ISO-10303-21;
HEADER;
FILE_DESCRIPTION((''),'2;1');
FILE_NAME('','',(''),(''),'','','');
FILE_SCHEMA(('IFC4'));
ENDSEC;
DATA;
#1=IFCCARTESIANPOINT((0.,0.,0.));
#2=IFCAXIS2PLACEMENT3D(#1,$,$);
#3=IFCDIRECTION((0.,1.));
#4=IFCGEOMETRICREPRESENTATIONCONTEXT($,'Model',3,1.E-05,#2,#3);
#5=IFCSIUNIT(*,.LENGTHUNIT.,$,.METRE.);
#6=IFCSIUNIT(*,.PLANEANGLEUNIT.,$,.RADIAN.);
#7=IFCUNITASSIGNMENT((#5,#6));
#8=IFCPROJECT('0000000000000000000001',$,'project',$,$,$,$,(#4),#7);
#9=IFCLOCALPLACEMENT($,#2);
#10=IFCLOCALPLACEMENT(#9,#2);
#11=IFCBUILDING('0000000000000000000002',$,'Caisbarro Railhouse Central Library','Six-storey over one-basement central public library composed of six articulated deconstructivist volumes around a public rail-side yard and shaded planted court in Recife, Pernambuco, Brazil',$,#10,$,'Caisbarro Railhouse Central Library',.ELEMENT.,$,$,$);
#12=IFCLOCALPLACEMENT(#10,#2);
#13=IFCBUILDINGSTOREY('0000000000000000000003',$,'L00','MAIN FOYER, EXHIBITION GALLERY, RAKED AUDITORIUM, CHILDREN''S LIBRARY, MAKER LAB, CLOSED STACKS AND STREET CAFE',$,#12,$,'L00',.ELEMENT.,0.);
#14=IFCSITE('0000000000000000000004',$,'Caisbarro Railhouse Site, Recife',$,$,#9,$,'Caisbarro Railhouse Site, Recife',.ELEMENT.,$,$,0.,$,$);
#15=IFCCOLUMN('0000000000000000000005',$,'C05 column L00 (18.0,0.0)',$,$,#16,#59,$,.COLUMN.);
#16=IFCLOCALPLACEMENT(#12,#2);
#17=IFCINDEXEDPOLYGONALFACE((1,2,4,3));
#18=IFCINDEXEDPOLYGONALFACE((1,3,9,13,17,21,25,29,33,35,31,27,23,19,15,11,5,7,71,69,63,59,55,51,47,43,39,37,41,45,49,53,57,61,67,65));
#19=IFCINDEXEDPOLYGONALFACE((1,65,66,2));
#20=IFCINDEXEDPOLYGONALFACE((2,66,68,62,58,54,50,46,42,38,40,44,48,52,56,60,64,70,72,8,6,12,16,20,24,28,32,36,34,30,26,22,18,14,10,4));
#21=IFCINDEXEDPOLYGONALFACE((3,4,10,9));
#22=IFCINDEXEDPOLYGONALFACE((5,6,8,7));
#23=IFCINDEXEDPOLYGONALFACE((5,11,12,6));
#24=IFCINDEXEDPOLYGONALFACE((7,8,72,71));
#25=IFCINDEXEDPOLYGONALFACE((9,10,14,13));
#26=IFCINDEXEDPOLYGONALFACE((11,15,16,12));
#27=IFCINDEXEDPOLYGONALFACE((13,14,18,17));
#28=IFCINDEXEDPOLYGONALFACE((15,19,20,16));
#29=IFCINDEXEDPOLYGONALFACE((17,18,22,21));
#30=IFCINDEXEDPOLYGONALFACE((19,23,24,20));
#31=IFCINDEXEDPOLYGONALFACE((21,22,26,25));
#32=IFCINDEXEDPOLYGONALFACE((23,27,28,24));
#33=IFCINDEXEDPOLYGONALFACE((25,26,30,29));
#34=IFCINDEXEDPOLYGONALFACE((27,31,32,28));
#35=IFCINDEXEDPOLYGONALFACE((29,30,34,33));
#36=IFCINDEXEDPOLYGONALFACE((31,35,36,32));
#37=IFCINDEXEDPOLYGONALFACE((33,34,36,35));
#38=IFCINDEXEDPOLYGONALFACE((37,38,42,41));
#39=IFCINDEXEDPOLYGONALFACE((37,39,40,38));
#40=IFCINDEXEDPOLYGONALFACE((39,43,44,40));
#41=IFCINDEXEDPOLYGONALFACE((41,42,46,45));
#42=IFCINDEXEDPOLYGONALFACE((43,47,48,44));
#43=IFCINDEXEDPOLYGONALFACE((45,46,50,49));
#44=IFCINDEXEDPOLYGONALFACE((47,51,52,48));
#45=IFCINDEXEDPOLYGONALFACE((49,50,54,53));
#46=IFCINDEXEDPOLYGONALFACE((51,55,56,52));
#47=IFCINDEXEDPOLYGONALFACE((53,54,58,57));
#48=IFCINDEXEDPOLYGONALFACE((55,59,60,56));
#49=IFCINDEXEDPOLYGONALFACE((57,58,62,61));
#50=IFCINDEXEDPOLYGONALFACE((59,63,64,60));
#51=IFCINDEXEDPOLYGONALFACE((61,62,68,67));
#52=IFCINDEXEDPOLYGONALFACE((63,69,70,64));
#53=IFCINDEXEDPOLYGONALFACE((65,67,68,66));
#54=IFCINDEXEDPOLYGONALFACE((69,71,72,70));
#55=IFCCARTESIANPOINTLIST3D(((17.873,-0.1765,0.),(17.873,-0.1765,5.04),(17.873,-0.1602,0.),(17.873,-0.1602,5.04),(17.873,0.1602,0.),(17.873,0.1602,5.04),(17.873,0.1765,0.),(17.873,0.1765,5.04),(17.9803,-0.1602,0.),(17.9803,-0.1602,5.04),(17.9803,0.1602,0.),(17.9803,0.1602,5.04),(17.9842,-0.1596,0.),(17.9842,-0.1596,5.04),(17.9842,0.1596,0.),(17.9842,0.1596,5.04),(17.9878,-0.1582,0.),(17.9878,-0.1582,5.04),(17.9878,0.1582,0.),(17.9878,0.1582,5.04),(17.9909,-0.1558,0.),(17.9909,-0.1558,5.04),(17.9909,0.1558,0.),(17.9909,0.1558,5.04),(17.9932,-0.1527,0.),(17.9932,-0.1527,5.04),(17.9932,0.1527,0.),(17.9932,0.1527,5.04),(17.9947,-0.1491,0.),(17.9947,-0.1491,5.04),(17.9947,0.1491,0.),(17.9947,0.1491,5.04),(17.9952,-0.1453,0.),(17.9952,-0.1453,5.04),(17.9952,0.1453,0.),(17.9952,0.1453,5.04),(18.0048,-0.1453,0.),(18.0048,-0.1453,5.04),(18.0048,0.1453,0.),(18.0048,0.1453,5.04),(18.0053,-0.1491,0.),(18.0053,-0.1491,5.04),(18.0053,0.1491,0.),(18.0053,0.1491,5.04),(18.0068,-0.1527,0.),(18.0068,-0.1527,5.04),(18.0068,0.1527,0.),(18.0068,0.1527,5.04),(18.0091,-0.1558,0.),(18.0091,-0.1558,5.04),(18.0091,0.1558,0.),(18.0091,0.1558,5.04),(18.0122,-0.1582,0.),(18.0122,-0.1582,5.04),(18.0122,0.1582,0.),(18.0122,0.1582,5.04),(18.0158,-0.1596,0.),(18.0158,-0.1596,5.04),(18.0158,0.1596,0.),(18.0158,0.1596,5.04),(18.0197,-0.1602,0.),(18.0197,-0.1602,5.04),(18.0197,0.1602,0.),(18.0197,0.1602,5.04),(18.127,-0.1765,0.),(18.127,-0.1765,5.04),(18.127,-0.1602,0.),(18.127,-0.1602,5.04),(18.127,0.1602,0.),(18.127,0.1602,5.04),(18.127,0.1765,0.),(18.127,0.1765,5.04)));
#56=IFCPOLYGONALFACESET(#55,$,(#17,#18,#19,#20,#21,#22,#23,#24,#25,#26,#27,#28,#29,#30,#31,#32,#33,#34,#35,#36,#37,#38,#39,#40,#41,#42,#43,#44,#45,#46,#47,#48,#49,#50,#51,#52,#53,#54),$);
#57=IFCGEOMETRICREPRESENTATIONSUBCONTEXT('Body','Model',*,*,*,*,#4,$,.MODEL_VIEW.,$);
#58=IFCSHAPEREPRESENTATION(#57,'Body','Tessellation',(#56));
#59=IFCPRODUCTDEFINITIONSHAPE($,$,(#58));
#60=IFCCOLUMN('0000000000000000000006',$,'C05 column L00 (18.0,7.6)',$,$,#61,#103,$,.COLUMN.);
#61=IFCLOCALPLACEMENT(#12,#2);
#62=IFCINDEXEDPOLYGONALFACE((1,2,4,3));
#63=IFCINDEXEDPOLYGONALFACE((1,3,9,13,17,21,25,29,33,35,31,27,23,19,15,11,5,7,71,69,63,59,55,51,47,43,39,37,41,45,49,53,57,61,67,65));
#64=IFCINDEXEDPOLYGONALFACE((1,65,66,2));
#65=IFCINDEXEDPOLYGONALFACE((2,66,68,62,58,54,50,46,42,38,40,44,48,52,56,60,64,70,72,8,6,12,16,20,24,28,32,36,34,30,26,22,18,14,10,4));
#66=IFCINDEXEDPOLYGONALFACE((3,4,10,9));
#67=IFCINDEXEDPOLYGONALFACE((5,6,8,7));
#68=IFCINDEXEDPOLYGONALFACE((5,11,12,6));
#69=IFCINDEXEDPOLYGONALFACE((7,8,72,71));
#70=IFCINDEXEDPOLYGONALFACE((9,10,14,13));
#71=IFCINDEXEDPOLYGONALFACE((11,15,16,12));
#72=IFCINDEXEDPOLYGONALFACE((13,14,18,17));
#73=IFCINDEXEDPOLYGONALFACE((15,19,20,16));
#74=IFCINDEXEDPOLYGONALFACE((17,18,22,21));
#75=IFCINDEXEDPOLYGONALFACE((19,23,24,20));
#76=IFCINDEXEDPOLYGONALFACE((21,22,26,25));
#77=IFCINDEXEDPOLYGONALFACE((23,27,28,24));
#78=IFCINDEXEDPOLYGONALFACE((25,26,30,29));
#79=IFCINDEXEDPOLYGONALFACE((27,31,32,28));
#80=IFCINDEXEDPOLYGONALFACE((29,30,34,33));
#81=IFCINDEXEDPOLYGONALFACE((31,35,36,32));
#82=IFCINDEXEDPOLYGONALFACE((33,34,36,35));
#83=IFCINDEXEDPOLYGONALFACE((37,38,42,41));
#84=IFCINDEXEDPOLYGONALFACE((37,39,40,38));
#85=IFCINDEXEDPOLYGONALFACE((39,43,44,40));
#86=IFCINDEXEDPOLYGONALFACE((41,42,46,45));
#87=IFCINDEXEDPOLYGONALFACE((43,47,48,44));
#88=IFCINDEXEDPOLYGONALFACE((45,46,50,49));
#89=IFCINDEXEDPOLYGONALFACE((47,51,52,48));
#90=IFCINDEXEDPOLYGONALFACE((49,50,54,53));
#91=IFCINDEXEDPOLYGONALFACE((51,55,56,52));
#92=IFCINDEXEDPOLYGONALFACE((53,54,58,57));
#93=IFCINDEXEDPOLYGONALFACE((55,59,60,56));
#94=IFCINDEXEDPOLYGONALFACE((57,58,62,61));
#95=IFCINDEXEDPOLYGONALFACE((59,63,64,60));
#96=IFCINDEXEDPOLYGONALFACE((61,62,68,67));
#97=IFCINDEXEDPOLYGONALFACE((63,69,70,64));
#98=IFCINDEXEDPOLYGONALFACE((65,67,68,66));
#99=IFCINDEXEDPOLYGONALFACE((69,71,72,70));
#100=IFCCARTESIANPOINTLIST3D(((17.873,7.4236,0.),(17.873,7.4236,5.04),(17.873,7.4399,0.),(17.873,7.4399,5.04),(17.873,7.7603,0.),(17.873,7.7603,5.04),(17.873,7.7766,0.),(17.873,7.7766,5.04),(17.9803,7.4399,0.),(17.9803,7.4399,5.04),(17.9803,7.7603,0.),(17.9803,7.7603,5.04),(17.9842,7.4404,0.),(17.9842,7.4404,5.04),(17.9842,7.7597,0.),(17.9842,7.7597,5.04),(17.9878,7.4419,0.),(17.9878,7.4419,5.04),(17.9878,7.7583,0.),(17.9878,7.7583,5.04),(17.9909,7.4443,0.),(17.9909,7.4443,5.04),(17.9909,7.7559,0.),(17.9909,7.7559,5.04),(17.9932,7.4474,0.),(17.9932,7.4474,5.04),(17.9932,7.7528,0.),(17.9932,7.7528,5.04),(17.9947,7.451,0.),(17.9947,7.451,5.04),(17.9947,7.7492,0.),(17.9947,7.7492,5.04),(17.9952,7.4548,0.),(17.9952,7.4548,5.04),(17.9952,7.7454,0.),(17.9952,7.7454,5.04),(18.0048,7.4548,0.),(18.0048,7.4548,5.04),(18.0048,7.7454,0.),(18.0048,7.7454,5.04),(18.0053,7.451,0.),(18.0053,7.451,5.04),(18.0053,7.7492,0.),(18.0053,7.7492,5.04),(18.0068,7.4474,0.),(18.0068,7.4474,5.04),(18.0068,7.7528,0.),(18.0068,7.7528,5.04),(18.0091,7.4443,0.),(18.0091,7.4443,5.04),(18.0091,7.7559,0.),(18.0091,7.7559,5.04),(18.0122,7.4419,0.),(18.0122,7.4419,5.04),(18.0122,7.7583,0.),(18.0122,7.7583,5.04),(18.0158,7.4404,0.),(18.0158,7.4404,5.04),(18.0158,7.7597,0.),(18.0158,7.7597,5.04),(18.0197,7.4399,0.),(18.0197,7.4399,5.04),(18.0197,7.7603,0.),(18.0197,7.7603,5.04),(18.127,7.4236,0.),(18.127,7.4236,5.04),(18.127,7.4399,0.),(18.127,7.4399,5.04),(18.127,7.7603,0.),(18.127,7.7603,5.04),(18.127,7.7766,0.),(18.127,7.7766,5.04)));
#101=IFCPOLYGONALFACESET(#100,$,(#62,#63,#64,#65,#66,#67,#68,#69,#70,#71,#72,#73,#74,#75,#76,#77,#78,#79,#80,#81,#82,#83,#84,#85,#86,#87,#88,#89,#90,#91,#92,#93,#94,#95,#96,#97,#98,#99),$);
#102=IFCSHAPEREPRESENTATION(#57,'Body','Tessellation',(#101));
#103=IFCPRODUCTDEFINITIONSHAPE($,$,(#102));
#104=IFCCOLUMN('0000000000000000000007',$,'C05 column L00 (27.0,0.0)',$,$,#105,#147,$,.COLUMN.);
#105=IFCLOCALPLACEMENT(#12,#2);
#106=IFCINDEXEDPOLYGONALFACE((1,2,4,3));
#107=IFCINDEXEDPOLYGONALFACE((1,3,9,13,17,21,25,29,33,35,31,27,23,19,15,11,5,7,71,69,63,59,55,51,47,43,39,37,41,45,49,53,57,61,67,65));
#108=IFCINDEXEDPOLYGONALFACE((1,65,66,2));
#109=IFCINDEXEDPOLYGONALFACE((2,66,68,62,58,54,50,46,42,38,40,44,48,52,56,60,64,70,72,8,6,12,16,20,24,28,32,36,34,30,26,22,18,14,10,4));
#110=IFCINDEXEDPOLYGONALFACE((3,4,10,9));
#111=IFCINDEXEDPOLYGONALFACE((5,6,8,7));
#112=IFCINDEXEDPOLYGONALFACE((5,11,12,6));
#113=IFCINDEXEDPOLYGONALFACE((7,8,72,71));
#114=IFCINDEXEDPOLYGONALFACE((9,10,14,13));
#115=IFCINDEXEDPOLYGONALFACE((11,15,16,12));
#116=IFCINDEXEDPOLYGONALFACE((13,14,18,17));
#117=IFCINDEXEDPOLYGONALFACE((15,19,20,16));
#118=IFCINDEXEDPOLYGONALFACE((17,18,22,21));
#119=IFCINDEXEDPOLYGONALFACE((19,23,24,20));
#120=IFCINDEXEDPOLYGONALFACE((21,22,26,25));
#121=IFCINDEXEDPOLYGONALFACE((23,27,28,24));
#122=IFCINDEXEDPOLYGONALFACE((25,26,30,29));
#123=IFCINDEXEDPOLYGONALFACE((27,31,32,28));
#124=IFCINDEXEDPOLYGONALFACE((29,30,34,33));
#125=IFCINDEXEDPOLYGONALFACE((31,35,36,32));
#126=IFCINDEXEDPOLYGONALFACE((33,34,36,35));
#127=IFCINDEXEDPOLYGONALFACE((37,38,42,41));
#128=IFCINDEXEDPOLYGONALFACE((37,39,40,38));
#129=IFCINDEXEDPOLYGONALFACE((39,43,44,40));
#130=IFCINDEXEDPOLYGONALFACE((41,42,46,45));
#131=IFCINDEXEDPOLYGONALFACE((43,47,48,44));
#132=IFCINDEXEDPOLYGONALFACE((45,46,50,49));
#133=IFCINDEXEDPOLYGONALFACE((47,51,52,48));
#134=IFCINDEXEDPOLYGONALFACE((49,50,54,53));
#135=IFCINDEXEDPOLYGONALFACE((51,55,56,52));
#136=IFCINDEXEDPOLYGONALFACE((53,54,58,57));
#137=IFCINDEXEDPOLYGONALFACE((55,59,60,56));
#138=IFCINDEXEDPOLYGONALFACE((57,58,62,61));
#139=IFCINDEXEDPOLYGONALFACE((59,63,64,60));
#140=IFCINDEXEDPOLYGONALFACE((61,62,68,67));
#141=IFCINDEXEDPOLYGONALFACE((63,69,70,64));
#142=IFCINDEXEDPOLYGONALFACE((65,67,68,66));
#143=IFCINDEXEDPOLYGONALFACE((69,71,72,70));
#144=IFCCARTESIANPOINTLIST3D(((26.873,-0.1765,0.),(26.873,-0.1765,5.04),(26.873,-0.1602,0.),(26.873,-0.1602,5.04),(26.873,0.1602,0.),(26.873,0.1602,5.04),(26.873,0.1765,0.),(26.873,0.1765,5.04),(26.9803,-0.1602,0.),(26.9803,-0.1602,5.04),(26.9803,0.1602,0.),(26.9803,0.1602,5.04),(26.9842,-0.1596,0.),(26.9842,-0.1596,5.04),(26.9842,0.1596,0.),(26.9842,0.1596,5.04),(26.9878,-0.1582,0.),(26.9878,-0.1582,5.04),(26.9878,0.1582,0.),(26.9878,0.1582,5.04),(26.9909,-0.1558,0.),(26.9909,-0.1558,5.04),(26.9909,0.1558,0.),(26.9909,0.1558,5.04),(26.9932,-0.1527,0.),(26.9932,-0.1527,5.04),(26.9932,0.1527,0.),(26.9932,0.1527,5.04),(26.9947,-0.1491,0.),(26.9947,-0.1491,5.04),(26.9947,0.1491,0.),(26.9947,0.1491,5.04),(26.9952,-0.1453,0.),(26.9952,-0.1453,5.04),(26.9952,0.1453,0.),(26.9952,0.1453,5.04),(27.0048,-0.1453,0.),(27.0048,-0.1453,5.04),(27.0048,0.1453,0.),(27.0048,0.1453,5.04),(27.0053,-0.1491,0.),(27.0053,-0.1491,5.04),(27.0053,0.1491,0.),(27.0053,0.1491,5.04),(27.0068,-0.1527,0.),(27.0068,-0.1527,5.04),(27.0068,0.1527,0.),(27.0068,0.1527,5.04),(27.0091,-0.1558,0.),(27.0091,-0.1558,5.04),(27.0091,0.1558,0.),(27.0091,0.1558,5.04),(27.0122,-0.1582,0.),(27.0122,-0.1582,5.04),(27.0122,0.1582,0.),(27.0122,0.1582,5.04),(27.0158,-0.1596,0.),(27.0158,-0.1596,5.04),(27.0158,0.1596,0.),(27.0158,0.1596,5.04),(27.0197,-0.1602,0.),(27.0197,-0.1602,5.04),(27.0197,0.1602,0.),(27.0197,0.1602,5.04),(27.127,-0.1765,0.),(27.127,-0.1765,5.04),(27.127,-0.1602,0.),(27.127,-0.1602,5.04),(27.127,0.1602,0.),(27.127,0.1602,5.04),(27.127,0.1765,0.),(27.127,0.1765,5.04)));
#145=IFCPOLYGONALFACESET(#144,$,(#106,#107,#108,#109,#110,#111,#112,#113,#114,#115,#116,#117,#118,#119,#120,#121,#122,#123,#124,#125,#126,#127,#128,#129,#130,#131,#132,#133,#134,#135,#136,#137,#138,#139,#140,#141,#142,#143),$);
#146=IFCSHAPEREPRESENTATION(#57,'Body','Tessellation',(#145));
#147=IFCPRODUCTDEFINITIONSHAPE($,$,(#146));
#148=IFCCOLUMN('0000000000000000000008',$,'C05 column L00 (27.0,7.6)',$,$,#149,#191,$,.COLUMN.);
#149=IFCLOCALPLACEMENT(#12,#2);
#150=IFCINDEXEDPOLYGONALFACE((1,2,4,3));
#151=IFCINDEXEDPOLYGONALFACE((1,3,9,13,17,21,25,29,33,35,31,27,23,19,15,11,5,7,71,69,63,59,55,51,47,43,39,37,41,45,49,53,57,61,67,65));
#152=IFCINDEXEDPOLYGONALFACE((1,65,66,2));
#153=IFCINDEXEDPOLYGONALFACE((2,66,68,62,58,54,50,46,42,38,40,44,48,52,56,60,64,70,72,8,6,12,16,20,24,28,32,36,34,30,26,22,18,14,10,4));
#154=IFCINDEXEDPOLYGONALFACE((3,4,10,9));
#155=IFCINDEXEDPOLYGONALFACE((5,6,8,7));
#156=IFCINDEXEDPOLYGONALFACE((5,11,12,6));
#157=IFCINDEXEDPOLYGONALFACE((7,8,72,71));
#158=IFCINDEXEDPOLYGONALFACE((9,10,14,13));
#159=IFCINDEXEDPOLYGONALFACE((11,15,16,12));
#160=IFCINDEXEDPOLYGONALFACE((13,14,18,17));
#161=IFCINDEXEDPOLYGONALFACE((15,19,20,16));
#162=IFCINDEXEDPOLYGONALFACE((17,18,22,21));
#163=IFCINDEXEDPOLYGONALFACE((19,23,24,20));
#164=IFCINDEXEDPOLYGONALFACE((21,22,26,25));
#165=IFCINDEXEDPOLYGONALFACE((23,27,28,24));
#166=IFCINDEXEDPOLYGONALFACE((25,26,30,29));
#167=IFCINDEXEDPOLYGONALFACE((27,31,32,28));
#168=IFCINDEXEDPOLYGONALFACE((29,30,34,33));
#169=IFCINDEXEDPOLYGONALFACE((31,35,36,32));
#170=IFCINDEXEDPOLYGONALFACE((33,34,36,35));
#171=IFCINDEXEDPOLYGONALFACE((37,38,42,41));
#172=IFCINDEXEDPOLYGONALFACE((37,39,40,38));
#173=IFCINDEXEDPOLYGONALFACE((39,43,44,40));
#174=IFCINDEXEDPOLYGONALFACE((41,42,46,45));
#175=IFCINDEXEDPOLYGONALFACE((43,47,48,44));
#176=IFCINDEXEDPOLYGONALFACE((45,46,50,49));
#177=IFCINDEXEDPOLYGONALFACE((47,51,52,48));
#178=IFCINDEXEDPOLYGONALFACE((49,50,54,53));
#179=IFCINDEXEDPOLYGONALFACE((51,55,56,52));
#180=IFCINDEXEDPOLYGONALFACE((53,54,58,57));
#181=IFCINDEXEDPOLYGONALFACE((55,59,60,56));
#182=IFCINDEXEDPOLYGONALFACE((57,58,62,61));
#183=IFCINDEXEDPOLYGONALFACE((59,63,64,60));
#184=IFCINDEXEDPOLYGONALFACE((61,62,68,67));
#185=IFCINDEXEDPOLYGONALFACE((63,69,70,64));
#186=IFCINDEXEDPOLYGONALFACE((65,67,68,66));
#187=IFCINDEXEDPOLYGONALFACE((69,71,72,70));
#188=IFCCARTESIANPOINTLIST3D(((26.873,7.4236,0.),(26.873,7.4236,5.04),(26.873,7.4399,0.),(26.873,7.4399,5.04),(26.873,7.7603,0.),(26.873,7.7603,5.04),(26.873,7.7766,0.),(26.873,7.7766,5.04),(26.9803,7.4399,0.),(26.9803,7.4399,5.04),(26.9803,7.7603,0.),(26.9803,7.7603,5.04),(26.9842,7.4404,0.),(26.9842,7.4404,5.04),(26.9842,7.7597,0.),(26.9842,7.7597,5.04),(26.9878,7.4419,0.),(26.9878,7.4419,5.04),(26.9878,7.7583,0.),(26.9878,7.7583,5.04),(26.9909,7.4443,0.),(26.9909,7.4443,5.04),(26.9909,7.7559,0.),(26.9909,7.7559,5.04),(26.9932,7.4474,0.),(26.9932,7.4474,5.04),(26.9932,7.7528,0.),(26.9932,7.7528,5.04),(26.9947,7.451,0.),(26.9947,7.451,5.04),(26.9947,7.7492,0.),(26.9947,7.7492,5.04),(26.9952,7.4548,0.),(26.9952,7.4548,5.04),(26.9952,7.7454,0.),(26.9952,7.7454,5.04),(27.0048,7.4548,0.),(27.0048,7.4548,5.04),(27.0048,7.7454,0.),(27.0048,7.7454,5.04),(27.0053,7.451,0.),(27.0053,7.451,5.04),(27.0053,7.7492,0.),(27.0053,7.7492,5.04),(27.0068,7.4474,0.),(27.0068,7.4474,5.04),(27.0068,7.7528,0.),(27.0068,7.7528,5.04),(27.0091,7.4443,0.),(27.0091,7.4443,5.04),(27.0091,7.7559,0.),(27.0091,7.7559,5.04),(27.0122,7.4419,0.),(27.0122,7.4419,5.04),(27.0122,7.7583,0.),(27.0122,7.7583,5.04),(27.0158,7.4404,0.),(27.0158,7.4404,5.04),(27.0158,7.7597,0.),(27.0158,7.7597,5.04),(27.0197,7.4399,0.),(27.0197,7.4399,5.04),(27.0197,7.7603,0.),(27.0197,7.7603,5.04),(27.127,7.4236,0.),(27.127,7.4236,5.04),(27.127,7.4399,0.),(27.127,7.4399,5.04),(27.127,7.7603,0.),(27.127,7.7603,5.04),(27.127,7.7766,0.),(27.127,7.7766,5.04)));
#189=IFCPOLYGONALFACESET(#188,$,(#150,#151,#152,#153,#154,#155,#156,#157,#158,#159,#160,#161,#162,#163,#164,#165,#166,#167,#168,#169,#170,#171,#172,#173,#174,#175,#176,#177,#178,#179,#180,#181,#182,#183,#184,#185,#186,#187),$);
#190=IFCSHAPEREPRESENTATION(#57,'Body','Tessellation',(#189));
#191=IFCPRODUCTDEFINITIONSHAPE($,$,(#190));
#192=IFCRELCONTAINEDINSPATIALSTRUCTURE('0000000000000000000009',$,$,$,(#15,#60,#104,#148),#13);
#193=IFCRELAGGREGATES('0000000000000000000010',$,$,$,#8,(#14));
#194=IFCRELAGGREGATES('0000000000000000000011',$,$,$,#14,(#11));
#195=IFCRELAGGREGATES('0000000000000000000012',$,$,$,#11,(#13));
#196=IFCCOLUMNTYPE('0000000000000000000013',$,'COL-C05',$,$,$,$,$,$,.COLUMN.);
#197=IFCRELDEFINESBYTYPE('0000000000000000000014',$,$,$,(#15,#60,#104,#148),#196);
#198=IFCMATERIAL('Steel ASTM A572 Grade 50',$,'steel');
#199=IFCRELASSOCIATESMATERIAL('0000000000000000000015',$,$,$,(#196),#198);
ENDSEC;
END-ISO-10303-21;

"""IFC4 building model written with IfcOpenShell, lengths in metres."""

from ifc_helpers import new_model, si_unit, direction, frame, origin, origin_2d, place, context, subcontext, project, spatial, i_section, extrude, material, material_profile, profile_set, type_object, element, save


model = new_model("IFC4")

# Units and contexts
model_context = context("Model", 3, precision=1e-05, world=origin(), true_north=direction((0.0, 1.0)))
body_context = subcontext(model_context, "Body", "Model", "MODEL_VIEW")
ifc_project = project(units=[si_unit("LENGTHUNIT", "METRE"), si_unit("PLANEANGLEUNIT", "RADIAN")], contexts=[model_context])

# Site, building, storey
site_placement = place(None, origin())
site = spatial("IfcSite", under=ifc_project, at=site_placement, Name="Caisbarro Railhouse Site, Recife", LongName="Caisbarro Railhouse Site, Recife", CompositionType="ELEMENT", RefElevation=0.0)
building_placement = place(site_placement, origin())
building = spatial("IfcBuilding", under=site, at=building_placement, Name="Caisbarro Railhouse Central Library", Description="Six-storey over one-basement central public library composed of six articulated deconstructivist volumes around a public rail-side yard and shaded planted court in Recife, Pernambuco, Brazil", LongName="Caisbarro Railhouse Central Library", CompositionType="ELEMENT")
storey_placement = place(building_placement, origin())
storey = spatial("IfcBuildingStorey", under=building, at=storey_placement, Name="L00", Description="MAIN FOYER, EXHIBITION GALLERY, RAKED AUDITORIUM, CHILDREN'S LIBRARY, MAKER LAB, CLOSED STACKS AND STREET CAFE", LongName="L00", CompositionType="ELEMENT", Elevation=0.0)

# Columns
ifc_material_1 = material(Name="Steel ASTM A572 Grade 50", Category="steel")
ifc_material_profile_1 = material_profile(ifc_material_1, i_section(OverallWidth=0.2539, OverallDepth=0.353, WebThickness=0.0095, FlangeThickness=0.0164, FilletRadius=0.0149, at=origin_2d()), Name="W360X91.0")
ifc_profile_set_1 = profile_set([ifc_material_profile_1], Name="Steel ASTM A572 Grade 50")
column_type = type_object("IfcColumnType", Name="COL-C05", PredefinedType="COLUMN", material=ifc_profile_set_1)
for number, where, z_axis, x_axis, name in (
    (1, (18.0, 0.0, 0.0), (0.0, 0.0, 1.0), (1.0, 0.0, 0.0), "C05 column L00 (18.0,0.0)"),
    (2, (18.0, 7.6001, 0.0), (0.0, 0.0, 1.0), (1.0, 0.0, 0.0), "C05 column L00 (18.0,7.6)"),
    (3, (27.0, 0.0, 0.0), (0.0, 0.0, 1.0), (1.0, 0.0, 0.0), "C05 column L00 (27.0,0.0)"),
    (4, (27.0, 7.6001, 0.0), (0.0, 0.0, 1.0), (1.0, 0.0, 0.0), "C05 column L00 (27.0,7.6)"),
):
    element("IfcColumn", number, at=place(storey_placement, frame(where, z_axis=z_axis, x_axis=x_axis)), inside=storey, type_object=column_type, Name=name, PredefinedType="COLUMN", context=body_context, shape_type="SweptSolid", body=[
        extrude(i_section(OverallWidth=0.2539, OverallDepth=0.353, WebThickness=0.0095, FlangeThickness=0.0164, FilletRadius=0.0149, at=origin_2d()), origin(), (0.0, 0.0, 1.0), 5.04),
    ])

save(model, "model.ifc")
